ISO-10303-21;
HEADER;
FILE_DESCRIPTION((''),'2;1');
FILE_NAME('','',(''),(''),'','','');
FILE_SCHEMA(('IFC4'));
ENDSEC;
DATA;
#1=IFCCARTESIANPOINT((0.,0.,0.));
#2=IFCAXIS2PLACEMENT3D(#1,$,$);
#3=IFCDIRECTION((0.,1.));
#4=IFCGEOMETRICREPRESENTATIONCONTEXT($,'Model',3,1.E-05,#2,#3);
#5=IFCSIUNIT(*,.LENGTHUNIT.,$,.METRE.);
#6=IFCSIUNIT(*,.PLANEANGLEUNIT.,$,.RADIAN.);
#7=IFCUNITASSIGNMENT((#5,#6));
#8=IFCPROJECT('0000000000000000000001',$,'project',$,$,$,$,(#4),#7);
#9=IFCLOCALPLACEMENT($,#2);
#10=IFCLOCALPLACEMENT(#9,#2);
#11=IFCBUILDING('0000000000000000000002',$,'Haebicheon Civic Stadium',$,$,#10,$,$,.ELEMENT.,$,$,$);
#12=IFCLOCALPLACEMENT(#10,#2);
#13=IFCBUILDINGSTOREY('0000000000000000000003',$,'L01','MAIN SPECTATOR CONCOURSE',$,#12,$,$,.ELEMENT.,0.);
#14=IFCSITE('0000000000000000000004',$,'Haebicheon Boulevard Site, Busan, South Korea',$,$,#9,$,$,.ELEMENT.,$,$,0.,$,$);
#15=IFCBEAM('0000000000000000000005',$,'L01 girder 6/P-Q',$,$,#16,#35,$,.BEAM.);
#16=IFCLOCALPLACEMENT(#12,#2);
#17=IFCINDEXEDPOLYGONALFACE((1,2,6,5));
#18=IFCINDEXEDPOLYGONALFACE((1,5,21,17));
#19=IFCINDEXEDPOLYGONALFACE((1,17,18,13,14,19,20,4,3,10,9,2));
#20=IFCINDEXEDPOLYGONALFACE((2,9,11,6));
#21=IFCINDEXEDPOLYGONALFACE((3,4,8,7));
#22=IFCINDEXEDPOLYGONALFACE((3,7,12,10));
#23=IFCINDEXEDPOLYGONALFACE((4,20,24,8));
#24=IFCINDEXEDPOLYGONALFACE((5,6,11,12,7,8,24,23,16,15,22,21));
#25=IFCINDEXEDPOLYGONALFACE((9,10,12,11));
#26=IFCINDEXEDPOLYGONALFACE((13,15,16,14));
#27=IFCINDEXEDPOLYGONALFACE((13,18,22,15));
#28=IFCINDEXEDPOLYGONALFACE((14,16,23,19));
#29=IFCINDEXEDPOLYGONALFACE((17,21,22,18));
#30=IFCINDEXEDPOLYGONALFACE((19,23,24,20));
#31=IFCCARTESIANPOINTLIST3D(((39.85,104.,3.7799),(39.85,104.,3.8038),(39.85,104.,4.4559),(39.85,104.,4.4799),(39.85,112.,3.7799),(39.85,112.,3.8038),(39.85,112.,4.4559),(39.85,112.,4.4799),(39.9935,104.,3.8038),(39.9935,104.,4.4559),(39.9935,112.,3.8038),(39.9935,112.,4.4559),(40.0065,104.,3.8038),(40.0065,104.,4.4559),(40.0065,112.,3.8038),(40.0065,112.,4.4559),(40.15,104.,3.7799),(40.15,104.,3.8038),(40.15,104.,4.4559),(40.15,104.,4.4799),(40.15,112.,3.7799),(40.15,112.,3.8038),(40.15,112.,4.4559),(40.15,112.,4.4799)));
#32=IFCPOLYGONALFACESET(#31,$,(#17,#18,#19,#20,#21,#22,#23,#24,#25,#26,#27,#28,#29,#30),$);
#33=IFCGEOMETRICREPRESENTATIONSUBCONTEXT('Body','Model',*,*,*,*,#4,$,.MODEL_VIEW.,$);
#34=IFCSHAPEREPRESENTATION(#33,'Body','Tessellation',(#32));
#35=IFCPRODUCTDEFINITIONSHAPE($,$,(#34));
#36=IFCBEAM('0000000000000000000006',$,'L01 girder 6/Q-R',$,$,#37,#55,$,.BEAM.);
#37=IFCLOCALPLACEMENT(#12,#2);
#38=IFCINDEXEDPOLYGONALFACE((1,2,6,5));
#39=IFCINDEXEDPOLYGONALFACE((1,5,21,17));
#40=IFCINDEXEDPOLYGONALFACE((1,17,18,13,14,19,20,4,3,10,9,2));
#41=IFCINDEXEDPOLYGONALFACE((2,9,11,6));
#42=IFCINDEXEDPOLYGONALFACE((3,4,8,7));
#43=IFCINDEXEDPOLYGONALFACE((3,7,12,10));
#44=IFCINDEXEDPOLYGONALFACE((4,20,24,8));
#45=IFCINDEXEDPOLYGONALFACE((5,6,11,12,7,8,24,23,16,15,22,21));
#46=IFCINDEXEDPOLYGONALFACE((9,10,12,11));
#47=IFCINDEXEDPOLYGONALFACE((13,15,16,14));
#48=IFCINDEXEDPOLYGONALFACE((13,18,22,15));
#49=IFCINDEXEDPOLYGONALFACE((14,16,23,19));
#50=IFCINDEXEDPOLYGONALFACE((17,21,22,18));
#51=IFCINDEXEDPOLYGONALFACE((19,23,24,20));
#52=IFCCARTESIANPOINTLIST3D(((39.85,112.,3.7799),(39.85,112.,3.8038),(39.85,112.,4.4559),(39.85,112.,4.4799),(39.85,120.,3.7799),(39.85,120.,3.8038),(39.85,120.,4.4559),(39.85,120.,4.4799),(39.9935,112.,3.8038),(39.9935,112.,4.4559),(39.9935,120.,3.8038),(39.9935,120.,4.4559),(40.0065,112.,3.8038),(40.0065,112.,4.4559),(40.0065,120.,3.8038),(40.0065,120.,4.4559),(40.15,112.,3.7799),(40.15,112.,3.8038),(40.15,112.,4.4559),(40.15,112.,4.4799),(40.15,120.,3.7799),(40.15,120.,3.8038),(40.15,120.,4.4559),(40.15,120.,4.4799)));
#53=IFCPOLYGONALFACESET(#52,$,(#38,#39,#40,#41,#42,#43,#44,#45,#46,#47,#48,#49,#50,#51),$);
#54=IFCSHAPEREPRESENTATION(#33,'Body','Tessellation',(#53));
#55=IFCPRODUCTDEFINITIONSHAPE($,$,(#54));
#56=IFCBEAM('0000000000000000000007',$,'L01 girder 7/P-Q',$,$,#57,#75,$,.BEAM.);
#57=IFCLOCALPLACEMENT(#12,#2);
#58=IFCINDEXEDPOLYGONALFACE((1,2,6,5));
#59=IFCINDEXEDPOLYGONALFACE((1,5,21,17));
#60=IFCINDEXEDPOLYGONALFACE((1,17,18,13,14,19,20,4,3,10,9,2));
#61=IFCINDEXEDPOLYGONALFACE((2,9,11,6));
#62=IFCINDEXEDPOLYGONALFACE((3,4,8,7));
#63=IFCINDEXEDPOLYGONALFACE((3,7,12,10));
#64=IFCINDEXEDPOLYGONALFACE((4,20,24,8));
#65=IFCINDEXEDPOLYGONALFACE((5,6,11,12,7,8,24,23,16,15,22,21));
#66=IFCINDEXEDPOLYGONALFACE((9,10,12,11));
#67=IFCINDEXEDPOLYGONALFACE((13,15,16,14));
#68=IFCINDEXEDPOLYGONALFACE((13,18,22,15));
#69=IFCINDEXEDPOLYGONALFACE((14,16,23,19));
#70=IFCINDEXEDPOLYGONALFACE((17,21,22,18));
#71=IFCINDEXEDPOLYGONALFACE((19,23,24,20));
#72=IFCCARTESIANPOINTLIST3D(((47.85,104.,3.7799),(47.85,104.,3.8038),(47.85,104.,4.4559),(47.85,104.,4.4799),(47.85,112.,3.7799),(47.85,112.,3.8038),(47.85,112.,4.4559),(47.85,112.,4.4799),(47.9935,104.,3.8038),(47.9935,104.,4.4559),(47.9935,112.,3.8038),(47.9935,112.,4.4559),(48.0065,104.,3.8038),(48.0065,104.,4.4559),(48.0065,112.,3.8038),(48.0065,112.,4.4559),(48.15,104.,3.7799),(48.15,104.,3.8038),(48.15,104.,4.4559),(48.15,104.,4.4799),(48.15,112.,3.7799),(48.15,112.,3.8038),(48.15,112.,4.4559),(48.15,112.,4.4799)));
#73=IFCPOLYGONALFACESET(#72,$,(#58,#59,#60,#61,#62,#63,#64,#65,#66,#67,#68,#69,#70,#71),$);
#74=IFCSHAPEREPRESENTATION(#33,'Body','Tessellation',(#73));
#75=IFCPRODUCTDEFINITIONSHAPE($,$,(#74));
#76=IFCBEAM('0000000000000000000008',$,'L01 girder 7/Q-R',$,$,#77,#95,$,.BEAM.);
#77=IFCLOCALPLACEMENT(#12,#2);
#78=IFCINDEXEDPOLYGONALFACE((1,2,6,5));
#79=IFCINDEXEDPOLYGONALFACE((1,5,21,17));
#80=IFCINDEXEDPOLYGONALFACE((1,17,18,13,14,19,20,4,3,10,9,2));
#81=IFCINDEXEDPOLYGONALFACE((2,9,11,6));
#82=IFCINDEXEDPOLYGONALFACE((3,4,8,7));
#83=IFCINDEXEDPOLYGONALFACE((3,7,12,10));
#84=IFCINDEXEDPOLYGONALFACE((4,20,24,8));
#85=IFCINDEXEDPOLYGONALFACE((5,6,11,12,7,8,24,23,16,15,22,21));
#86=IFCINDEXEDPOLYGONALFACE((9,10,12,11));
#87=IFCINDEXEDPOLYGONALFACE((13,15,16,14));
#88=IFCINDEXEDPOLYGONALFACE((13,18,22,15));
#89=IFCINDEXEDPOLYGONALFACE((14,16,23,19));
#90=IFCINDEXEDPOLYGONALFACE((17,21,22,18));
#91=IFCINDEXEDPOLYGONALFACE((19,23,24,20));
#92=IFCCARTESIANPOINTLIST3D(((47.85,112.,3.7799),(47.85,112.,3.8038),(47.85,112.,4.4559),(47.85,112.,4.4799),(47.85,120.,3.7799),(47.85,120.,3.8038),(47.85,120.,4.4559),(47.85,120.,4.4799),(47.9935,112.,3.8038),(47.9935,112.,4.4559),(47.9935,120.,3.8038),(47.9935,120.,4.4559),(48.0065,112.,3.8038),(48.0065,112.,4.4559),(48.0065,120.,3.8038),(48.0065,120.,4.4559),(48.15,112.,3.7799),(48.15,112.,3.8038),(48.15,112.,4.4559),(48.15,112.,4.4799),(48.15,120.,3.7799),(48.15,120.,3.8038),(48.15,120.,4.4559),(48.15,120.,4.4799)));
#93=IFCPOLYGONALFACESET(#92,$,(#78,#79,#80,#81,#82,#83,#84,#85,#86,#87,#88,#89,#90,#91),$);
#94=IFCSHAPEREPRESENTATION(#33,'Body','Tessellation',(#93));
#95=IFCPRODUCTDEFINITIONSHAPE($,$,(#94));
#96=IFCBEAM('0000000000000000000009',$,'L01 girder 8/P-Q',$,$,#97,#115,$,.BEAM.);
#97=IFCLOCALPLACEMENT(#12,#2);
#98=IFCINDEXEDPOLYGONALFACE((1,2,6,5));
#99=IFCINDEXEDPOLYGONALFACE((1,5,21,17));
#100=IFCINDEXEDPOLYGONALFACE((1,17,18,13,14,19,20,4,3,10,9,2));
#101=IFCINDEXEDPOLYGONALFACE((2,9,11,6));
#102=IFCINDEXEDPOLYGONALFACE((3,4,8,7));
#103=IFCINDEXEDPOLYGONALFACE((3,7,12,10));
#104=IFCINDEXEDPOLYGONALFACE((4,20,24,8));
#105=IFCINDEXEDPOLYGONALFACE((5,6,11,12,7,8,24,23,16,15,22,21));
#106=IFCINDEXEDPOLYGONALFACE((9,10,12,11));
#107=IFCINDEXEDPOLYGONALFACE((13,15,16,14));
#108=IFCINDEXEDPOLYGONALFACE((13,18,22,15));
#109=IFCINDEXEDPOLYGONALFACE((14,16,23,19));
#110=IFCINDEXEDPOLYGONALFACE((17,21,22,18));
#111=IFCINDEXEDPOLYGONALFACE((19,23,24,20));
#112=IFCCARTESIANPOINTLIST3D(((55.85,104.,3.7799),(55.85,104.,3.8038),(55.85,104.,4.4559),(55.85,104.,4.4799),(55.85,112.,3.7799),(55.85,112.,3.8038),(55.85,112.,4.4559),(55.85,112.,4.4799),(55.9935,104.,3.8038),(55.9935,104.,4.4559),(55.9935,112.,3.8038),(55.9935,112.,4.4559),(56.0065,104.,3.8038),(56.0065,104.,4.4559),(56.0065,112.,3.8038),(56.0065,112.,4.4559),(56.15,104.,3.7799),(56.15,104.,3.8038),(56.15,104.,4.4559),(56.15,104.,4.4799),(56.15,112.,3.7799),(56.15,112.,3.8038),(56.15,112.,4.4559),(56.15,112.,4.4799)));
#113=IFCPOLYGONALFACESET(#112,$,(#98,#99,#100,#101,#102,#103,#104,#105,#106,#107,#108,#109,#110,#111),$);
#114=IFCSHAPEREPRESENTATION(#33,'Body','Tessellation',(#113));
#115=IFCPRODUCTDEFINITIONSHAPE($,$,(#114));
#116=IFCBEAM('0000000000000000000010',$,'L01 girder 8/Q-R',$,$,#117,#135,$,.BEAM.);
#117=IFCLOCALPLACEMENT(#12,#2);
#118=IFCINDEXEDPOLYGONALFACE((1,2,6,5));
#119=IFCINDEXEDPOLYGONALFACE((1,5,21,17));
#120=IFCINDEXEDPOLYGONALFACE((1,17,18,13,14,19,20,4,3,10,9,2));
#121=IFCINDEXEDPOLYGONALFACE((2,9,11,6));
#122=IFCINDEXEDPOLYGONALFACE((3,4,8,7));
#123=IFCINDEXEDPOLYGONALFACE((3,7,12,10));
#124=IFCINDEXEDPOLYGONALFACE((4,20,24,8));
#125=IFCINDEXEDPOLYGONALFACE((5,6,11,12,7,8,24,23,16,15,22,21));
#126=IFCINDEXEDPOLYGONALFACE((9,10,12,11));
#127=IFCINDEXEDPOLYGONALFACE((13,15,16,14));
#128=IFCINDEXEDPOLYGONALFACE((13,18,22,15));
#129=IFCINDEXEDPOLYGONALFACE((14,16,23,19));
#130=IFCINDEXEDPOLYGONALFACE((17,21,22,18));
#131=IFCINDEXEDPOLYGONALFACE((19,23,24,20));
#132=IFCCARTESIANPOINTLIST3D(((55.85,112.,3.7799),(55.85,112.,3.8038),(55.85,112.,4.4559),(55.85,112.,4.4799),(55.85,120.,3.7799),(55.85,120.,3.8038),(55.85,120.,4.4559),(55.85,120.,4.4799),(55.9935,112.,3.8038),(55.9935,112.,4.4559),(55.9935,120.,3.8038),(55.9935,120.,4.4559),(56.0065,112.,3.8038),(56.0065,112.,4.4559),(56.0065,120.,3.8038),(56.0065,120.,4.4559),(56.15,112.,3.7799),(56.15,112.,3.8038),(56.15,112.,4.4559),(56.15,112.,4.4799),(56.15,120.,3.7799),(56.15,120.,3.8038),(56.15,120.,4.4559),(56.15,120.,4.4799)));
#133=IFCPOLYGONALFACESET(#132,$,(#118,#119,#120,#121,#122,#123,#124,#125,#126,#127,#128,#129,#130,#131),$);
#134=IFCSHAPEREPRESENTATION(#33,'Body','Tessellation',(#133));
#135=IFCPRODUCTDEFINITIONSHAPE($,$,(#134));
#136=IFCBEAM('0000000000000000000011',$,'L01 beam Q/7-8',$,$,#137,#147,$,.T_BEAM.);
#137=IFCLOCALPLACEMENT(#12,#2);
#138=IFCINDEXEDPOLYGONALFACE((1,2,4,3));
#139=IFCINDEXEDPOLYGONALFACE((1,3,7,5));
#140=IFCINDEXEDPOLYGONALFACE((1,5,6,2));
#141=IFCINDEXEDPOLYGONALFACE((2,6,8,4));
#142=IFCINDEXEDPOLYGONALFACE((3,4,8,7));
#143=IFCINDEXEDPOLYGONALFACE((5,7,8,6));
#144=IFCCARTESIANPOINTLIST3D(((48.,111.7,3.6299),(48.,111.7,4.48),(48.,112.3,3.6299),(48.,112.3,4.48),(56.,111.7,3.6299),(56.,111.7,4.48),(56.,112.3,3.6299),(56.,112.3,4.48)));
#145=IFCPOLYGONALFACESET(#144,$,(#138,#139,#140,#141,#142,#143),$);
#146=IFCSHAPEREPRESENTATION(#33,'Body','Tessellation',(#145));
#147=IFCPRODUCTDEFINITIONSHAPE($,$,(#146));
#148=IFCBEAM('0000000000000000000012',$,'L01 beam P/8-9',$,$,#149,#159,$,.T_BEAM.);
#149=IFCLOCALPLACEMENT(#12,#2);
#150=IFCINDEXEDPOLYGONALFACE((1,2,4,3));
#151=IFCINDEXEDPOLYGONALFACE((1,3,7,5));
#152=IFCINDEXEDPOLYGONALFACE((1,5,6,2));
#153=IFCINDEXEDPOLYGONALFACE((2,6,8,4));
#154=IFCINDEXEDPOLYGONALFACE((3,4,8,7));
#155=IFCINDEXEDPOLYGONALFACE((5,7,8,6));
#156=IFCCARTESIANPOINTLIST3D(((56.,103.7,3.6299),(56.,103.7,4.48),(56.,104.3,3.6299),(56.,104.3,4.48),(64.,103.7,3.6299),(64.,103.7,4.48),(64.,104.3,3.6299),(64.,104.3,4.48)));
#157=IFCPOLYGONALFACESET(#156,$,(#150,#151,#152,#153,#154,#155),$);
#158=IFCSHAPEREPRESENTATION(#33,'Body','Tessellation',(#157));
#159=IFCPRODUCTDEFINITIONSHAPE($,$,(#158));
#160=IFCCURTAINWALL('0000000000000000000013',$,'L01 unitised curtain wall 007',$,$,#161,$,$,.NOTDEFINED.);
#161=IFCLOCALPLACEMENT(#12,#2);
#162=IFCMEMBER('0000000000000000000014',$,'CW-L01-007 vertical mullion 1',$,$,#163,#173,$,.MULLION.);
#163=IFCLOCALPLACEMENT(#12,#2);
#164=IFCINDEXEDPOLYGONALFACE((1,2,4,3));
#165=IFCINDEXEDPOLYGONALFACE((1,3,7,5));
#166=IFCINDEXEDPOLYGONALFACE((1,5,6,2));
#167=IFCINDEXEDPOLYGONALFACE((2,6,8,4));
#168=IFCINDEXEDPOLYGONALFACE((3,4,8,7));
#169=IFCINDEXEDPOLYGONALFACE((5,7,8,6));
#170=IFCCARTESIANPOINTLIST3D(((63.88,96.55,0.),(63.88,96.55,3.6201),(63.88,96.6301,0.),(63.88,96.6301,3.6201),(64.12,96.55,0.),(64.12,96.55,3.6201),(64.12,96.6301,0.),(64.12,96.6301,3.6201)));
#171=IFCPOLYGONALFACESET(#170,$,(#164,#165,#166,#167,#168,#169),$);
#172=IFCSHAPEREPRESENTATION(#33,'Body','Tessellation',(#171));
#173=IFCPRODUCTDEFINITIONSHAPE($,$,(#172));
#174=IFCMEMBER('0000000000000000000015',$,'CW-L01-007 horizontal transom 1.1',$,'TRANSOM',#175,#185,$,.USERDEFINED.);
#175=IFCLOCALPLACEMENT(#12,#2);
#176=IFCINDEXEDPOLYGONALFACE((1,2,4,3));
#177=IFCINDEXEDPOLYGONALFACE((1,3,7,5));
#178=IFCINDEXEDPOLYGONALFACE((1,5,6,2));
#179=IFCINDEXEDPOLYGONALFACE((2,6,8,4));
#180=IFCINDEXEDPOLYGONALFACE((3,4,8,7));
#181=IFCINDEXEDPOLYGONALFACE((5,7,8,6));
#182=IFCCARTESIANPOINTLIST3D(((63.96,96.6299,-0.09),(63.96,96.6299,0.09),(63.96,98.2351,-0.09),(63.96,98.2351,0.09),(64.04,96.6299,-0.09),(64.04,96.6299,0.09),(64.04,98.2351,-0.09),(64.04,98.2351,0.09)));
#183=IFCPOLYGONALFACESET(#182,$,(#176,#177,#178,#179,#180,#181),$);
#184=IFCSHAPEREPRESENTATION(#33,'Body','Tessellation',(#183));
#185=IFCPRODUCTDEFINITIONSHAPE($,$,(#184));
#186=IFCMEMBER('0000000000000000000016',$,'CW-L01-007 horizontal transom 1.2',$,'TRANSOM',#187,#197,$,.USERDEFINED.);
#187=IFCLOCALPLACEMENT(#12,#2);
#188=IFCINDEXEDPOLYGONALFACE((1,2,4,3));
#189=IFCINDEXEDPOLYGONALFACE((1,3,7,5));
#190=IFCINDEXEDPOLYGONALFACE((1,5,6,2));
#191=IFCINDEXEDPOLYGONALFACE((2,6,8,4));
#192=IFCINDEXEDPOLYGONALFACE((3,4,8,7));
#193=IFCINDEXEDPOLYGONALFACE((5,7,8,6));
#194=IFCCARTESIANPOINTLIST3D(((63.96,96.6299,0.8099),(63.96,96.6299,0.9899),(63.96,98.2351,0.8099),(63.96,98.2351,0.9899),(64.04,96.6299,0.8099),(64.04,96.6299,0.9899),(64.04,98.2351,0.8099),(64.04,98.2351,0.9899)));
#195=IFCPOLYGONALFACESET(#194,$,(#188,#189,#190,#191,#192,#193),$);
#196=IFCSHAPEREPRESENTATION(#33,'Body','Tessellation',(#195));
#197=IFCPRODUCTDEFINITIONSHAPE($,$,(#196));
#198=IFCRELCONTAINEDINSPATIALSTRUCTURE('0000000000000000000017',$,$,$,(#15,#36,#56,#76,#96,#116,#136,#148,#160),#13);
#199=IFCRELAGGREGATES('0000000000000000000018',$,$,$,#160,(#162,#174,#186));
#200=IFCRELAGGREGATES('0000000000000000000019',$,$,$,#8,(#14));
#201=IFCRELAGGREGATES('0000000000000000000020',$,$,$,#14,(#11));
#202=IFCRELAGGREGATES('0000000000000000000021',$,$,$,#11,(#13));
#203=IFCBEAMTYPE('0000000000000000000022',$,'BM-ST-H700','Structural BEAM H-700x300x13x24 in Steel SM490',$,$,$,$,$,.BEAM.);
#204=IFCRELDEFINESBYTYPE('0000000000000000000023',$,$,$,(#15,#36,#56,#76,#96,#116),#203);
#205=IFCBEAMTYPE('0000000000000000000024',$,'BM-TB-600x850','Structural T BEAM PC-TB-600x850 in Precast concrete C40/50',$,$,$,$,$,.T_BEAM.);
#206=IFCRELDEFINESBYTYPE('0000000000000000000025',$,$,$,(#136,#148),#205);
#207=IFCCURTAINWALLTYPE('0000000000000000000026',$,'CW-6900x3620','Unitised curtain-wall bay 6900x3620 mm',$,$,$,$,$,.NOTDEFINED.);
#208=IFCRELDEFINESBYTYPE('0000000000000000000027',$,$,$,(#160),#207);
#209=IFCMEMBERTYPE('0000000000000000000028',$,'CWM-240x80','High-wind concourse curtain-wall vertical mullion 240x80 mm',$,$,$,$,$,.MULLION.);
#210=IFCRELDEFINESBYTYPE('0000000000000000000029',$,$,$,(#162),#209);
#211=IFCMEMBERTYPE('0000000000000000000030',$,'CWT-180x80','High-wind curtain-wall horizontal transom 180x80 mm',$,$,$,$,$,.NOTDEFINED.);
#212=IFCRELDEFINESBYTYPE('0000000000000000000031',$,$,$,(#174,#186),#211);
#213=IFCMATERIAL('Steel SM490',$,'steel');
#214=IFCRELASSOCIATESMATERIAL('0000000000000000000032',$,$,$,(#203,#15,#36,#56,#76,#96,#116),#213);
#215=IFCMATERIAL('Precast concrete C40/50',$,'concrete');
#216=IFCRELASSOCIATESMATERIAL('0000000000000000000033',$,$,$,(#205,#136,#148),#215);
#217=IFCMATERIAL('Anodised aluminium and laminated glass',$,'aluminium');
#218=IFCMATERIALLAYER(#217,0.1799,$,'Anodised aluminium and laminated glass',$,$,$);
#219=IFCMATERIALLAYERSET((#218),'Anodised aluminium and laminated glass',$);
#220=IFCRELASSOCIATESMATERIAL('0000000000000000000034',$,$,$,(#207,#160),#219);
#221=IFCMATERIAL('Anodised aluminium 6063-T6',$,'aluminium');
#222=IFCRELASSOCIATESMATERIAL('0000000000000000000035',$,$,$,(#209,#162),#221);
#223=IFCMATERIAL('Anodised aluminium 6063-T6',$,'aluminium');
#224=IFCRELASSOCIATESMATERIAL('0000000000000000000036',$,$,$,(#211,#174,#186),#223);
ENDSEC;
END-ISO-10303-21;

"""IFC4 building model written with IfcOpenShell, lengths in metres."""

from ifc_helpers import new_model, si_unit, direction, frame, origin, origin_2d, place, context, subcontext, project, spatial, rectangle, i_section, extrude, material, layer, layer_set, material_profile, profile_set, type_object, element, aggregate, save


model = new_model("IFC4")

# Units and contexts
model_context = context("Model", 3, precision=1e-05, world=origin(), true_north=direction((0.0, 1.0)))
body_context = subcontext(model_context, "Body", "Model", "MODEL_VIEW")
ifc_project = project(units=[si_unit("LENGTHUNIT", "METRE"), si_unit("PLANEANGLEUNIT", "RADIAN")], contexts=[model_context])

# Site, building, storey
site_placement = place(None, origin())
site = spatial("IfcSite", under=ifc_project, at=site_placement, Name="Haebicheon Boulevard Site, Busan, South Korea", CompositionType="ELEMENT", RefElevation=0.0)
building_placement = place(site_placement, origin())
building = spatial("IfcBuilding", under=site, at=building_placement, Name="Haebicheon Civic Stadium", CompositionType="ELEMENT")
storey_placement = place(building_placement, origin())
storey = spatial("IfcBuildingStorey", under=building, at=storey_placement, Name="L01", Description="MAIN SPECTATOR CONCOURSE", CompositionType="ELEMENT", Elevation=0.0)

# Beams
ifc_material_1 = material(Name="Steel SM490", Category="steel")
ifc_material_profile_1 = material_profile(ifc_material_1, i_section(OverallWidth=0.3, OverallDepth=0.7, WebThickness=0.0129, FlangeThickness=0.0239, at=origin_2d()), Name="H-700x300x13x24")
ifc_profile_set_1 = profile_set([ifc_material_profile_1], Name="Steel SM490")
beam_type_1 = type_object("IfcBeamType", Name="BM-ST-H700", Description="Structural BEAM H-700x300x13x24 in Steel SM490", PredefinedType="BEAM", material=ifc_profile_set_1)
for number, where, z_axis, x_axis, name in (
    (1, (40.0, 104.0, 4.1299), (0.0, 1.0, 0.0), (-1.0, 0.0, 0.0), "L01 girder 6/P-Q"),
    (2, (40.0, 112.0, 4.1299), (0.0, 1.0, 0.0), (-1.0, 0.0, 0.0), "L01 girder 6/Q-R"),
    (3, (48.0, 104.0, 4.1299), (0.0, 1.0, 0.0), (-1.0, 0.0, 0.0), "L01 girder 7/P-Q"),
    (4, (48.0, 112.0, 4.1299), (0.0, 1.0, 0.0), (-1.0, 0.0, 0.0), "L01 girder 7/Q-R"),
    (5, (56.0, 104.0, 4.1299), (0.0, 1.0, 0.0), (-1.0, 0.0, 0.0), "L01 girder 8/P-Q"),
    (6, (56.0, 112.0, 4.1299), (0.0, 1.0, 0.0), (-1.0, 0.0, 0.0), "L01 girder 8/Q-R"),
):
    element("IfcBeam", number, at=place(storey_placement, frame(where, z_axis=z_axis, x_axis=x_axis)), inside=storey, type_object=beam_type_1, material=ifc_profile_set_1, Name=name, PredefinedType="BEAM", context=body_context, shape_type="SweptSolid", body=[
        extrude(i_section(OverallWidth=0.3, OverallDepth=0.7, WebThickness=0.0129, FlangeThickness=0.0239, at=origin_2d()), origin(), (0.0, 0.0, 1.0), 8.0),
    ])
ifc_material_2 = material(Name="Precast concrete C40/50", Category="concrete")
ifc_material_profile_2 = material_profile(ifc_material_2, rectangle(XDim=0.6001, YDim=0.8501, at=origin_2d()), Name="PC-TB-600x850")
ifc_profile_set_2 = profile_set([ifc_material_profile_2], Name="Precast concrete C40/50")
beam_type_2 = type_object("IfcBeamType", Name="BM-TB-600x850", Description="Structural T BEAM PC-TB-600x850 in Precast concrete C40/50", PredefinedType="T_BEAM", material=ifc_profile_set_2)
for number, where, z_axis, x_axis, name in (
    (7, (48.0, 112.0, 4.0549), (1.0, 0.0, 0.0), (0.0, 1.0, 0.0), "L01 beam Q/7-8"),
    (8, (56.0, 104.0, 4.0549), (1.0, 0.0, 0.0), (0.0, 1.0, 0.0), "L01 beam P/8-9"),
):
    element("IfcBeam", number, at=place(storey_placement, frame(where, z_axis=z_axis, x_axis=x_axis)), inside=storey, type_object=beam_type_2, material=ifc_profile_set_2, Name=name, PredefinedType="T_BEAM", context=body_context, shape_type="SweptSolid", body=[
        extrude(rectangle(XDim=0.6001, YDim=0.8501, at=origin_2d()), origin(), (0.0, 0.0, 1.0), 8.0),
    ])

# Curtain wall, members
ifc_material_3 = material(Name="Anodised aluminium and laminated glass", Category="aluminium")
ifc_layer_1 = layer(ifc_material_3, 0.1799, Name="Anodised aluminium and laminated glass")
ifc_layer_set_1 = layer_set([ifc_layer_1], Name="Anodised aluminium and laminated glass")
curtain_wall_type = type_object("IfcCurtainWallType", Name="CW-6900x3620", Description="Unitised curtain-wall bay 6900x3620 mm", PredefinedType="NOTDEFINED", material=ifc_layer_set_1)
curtain_wall_placement = place(storey_placement, origin())
curtain_wall = element("IfcCurtainWall", 9, at=curtain_wall_placement, inside=storey, type_object=curtain_wall_type, material=ifc_layer_set_1, Name="L01 unitised curtain wall 007", PredefinedType="NOTDEFINED")
ifc_material_4 = material(Name="Anodised aluminium 6063-T6", Category="aluminium")
ifc_material_profile_3 = material_profile(ifc_material_4, rectangle(XDim=0.0801, YDim=0.24, at=origin_2d()), Name="ALU-MULL-80x240")
ifc_profile_set_3 = profile_set([ifc_material_profile_3], Name="Anodised aluminium 6063-T6")
member_type_1 = type_object("IfcMemberType", Name="CWM-240x80", Description="High-wind concourse curtain-wall vertical mullion 240x80 mm", PredefinedType="MULLION", material=ifc_profile_set_3)
member_1_placement = place(storey_placement, frame((64.0, 96.5901, 0.0), z_axis=(0.0, 0.0, 1.0), x_axis=(0.0, 1.0, 0.0)))
member_1 = element("IfcMember", 10, at=member_1_placement, type_object=member_type_1, material=ifc_profile_set_3, Name="CW-L01-007 vertical mullion 1", PredefinedType="MULLION", context=body_context, shape_type="SweptSolid", body=[
    extrude(rectangle(XDim=0.0801, YDim=0.24, at=origin_2d()), origin(), (0.0, 0.0, 1.0), 3.6201),
])
ifc_material_5 = material(Name="Anodised aluminium 6063-T6", Category="aluminium")
ifc_material_profile_4 = material_profile(ifc_material_5, rectangle(XDim=0.0801, YDim=0.1799, at=origin_2d()), Name="ALU-TRAN-80x180")
ifc_profile_set_4 = profile_set([ifc_material_profile_4], Name="Anodised aluminium 6063-T6")
member_type_2 = type_object("IfcMemberType", Name="CWT-180x80", Description="High-wind curtain-wall horizontal transom 180x80 mm", PredefinedType="NOTDEFINED", material=ifc_profile_set_4)
member_2_placement = place(storey_placement, frame((64.0, 96.6299, 0.0), z_axis=(0.0, 1.0, 0.0), x_axis=(-1.0, 0.0, 0.0)))
member_2 = element("IfcMember", 11, at=member_2_placement, type_object=member_type_2, material=ifc_profile_set_4, Name="CW-L01-007 horizontal transom 1.1", ObjectType="TRANSOM", PredefinedType="USERDEFINED", context=body_context, shape_type="SweptSolid", body=[
    extrude(rectangle(XDim=0.0801, YDim=0.1799, at=origin_2d()), origin(), (0.0, 0.0, 1.0), 1.6052),
])
member_3_placement = place(storey_placement, frame((64.0, 96.6299, 0.8999), z_axis=(0.0, 1.0, 0.0), x_axis=(-1.0, 0.0, 0.0)))
member_3 = element("IfcMember", 12, at=member_3_placement, type_object=member_type_2, material=ifc_profile_set_4, Name="CW-L01-007 horizontal transom 1.2", ObjectType="TRANSOM", PredefinedType="USERDEFINED", context=body_context, shape_type="SweptSolid", body=[
    extrude(rectangle(XDim=0.0801, YDim=0.1799, at=origin_2d()), origin(), (0.0, 0.0, 1.0), 1.6052),
])
aggregate(curtain_wall, [member_1, member_2, member_3])

save(model, "model.ifc")
